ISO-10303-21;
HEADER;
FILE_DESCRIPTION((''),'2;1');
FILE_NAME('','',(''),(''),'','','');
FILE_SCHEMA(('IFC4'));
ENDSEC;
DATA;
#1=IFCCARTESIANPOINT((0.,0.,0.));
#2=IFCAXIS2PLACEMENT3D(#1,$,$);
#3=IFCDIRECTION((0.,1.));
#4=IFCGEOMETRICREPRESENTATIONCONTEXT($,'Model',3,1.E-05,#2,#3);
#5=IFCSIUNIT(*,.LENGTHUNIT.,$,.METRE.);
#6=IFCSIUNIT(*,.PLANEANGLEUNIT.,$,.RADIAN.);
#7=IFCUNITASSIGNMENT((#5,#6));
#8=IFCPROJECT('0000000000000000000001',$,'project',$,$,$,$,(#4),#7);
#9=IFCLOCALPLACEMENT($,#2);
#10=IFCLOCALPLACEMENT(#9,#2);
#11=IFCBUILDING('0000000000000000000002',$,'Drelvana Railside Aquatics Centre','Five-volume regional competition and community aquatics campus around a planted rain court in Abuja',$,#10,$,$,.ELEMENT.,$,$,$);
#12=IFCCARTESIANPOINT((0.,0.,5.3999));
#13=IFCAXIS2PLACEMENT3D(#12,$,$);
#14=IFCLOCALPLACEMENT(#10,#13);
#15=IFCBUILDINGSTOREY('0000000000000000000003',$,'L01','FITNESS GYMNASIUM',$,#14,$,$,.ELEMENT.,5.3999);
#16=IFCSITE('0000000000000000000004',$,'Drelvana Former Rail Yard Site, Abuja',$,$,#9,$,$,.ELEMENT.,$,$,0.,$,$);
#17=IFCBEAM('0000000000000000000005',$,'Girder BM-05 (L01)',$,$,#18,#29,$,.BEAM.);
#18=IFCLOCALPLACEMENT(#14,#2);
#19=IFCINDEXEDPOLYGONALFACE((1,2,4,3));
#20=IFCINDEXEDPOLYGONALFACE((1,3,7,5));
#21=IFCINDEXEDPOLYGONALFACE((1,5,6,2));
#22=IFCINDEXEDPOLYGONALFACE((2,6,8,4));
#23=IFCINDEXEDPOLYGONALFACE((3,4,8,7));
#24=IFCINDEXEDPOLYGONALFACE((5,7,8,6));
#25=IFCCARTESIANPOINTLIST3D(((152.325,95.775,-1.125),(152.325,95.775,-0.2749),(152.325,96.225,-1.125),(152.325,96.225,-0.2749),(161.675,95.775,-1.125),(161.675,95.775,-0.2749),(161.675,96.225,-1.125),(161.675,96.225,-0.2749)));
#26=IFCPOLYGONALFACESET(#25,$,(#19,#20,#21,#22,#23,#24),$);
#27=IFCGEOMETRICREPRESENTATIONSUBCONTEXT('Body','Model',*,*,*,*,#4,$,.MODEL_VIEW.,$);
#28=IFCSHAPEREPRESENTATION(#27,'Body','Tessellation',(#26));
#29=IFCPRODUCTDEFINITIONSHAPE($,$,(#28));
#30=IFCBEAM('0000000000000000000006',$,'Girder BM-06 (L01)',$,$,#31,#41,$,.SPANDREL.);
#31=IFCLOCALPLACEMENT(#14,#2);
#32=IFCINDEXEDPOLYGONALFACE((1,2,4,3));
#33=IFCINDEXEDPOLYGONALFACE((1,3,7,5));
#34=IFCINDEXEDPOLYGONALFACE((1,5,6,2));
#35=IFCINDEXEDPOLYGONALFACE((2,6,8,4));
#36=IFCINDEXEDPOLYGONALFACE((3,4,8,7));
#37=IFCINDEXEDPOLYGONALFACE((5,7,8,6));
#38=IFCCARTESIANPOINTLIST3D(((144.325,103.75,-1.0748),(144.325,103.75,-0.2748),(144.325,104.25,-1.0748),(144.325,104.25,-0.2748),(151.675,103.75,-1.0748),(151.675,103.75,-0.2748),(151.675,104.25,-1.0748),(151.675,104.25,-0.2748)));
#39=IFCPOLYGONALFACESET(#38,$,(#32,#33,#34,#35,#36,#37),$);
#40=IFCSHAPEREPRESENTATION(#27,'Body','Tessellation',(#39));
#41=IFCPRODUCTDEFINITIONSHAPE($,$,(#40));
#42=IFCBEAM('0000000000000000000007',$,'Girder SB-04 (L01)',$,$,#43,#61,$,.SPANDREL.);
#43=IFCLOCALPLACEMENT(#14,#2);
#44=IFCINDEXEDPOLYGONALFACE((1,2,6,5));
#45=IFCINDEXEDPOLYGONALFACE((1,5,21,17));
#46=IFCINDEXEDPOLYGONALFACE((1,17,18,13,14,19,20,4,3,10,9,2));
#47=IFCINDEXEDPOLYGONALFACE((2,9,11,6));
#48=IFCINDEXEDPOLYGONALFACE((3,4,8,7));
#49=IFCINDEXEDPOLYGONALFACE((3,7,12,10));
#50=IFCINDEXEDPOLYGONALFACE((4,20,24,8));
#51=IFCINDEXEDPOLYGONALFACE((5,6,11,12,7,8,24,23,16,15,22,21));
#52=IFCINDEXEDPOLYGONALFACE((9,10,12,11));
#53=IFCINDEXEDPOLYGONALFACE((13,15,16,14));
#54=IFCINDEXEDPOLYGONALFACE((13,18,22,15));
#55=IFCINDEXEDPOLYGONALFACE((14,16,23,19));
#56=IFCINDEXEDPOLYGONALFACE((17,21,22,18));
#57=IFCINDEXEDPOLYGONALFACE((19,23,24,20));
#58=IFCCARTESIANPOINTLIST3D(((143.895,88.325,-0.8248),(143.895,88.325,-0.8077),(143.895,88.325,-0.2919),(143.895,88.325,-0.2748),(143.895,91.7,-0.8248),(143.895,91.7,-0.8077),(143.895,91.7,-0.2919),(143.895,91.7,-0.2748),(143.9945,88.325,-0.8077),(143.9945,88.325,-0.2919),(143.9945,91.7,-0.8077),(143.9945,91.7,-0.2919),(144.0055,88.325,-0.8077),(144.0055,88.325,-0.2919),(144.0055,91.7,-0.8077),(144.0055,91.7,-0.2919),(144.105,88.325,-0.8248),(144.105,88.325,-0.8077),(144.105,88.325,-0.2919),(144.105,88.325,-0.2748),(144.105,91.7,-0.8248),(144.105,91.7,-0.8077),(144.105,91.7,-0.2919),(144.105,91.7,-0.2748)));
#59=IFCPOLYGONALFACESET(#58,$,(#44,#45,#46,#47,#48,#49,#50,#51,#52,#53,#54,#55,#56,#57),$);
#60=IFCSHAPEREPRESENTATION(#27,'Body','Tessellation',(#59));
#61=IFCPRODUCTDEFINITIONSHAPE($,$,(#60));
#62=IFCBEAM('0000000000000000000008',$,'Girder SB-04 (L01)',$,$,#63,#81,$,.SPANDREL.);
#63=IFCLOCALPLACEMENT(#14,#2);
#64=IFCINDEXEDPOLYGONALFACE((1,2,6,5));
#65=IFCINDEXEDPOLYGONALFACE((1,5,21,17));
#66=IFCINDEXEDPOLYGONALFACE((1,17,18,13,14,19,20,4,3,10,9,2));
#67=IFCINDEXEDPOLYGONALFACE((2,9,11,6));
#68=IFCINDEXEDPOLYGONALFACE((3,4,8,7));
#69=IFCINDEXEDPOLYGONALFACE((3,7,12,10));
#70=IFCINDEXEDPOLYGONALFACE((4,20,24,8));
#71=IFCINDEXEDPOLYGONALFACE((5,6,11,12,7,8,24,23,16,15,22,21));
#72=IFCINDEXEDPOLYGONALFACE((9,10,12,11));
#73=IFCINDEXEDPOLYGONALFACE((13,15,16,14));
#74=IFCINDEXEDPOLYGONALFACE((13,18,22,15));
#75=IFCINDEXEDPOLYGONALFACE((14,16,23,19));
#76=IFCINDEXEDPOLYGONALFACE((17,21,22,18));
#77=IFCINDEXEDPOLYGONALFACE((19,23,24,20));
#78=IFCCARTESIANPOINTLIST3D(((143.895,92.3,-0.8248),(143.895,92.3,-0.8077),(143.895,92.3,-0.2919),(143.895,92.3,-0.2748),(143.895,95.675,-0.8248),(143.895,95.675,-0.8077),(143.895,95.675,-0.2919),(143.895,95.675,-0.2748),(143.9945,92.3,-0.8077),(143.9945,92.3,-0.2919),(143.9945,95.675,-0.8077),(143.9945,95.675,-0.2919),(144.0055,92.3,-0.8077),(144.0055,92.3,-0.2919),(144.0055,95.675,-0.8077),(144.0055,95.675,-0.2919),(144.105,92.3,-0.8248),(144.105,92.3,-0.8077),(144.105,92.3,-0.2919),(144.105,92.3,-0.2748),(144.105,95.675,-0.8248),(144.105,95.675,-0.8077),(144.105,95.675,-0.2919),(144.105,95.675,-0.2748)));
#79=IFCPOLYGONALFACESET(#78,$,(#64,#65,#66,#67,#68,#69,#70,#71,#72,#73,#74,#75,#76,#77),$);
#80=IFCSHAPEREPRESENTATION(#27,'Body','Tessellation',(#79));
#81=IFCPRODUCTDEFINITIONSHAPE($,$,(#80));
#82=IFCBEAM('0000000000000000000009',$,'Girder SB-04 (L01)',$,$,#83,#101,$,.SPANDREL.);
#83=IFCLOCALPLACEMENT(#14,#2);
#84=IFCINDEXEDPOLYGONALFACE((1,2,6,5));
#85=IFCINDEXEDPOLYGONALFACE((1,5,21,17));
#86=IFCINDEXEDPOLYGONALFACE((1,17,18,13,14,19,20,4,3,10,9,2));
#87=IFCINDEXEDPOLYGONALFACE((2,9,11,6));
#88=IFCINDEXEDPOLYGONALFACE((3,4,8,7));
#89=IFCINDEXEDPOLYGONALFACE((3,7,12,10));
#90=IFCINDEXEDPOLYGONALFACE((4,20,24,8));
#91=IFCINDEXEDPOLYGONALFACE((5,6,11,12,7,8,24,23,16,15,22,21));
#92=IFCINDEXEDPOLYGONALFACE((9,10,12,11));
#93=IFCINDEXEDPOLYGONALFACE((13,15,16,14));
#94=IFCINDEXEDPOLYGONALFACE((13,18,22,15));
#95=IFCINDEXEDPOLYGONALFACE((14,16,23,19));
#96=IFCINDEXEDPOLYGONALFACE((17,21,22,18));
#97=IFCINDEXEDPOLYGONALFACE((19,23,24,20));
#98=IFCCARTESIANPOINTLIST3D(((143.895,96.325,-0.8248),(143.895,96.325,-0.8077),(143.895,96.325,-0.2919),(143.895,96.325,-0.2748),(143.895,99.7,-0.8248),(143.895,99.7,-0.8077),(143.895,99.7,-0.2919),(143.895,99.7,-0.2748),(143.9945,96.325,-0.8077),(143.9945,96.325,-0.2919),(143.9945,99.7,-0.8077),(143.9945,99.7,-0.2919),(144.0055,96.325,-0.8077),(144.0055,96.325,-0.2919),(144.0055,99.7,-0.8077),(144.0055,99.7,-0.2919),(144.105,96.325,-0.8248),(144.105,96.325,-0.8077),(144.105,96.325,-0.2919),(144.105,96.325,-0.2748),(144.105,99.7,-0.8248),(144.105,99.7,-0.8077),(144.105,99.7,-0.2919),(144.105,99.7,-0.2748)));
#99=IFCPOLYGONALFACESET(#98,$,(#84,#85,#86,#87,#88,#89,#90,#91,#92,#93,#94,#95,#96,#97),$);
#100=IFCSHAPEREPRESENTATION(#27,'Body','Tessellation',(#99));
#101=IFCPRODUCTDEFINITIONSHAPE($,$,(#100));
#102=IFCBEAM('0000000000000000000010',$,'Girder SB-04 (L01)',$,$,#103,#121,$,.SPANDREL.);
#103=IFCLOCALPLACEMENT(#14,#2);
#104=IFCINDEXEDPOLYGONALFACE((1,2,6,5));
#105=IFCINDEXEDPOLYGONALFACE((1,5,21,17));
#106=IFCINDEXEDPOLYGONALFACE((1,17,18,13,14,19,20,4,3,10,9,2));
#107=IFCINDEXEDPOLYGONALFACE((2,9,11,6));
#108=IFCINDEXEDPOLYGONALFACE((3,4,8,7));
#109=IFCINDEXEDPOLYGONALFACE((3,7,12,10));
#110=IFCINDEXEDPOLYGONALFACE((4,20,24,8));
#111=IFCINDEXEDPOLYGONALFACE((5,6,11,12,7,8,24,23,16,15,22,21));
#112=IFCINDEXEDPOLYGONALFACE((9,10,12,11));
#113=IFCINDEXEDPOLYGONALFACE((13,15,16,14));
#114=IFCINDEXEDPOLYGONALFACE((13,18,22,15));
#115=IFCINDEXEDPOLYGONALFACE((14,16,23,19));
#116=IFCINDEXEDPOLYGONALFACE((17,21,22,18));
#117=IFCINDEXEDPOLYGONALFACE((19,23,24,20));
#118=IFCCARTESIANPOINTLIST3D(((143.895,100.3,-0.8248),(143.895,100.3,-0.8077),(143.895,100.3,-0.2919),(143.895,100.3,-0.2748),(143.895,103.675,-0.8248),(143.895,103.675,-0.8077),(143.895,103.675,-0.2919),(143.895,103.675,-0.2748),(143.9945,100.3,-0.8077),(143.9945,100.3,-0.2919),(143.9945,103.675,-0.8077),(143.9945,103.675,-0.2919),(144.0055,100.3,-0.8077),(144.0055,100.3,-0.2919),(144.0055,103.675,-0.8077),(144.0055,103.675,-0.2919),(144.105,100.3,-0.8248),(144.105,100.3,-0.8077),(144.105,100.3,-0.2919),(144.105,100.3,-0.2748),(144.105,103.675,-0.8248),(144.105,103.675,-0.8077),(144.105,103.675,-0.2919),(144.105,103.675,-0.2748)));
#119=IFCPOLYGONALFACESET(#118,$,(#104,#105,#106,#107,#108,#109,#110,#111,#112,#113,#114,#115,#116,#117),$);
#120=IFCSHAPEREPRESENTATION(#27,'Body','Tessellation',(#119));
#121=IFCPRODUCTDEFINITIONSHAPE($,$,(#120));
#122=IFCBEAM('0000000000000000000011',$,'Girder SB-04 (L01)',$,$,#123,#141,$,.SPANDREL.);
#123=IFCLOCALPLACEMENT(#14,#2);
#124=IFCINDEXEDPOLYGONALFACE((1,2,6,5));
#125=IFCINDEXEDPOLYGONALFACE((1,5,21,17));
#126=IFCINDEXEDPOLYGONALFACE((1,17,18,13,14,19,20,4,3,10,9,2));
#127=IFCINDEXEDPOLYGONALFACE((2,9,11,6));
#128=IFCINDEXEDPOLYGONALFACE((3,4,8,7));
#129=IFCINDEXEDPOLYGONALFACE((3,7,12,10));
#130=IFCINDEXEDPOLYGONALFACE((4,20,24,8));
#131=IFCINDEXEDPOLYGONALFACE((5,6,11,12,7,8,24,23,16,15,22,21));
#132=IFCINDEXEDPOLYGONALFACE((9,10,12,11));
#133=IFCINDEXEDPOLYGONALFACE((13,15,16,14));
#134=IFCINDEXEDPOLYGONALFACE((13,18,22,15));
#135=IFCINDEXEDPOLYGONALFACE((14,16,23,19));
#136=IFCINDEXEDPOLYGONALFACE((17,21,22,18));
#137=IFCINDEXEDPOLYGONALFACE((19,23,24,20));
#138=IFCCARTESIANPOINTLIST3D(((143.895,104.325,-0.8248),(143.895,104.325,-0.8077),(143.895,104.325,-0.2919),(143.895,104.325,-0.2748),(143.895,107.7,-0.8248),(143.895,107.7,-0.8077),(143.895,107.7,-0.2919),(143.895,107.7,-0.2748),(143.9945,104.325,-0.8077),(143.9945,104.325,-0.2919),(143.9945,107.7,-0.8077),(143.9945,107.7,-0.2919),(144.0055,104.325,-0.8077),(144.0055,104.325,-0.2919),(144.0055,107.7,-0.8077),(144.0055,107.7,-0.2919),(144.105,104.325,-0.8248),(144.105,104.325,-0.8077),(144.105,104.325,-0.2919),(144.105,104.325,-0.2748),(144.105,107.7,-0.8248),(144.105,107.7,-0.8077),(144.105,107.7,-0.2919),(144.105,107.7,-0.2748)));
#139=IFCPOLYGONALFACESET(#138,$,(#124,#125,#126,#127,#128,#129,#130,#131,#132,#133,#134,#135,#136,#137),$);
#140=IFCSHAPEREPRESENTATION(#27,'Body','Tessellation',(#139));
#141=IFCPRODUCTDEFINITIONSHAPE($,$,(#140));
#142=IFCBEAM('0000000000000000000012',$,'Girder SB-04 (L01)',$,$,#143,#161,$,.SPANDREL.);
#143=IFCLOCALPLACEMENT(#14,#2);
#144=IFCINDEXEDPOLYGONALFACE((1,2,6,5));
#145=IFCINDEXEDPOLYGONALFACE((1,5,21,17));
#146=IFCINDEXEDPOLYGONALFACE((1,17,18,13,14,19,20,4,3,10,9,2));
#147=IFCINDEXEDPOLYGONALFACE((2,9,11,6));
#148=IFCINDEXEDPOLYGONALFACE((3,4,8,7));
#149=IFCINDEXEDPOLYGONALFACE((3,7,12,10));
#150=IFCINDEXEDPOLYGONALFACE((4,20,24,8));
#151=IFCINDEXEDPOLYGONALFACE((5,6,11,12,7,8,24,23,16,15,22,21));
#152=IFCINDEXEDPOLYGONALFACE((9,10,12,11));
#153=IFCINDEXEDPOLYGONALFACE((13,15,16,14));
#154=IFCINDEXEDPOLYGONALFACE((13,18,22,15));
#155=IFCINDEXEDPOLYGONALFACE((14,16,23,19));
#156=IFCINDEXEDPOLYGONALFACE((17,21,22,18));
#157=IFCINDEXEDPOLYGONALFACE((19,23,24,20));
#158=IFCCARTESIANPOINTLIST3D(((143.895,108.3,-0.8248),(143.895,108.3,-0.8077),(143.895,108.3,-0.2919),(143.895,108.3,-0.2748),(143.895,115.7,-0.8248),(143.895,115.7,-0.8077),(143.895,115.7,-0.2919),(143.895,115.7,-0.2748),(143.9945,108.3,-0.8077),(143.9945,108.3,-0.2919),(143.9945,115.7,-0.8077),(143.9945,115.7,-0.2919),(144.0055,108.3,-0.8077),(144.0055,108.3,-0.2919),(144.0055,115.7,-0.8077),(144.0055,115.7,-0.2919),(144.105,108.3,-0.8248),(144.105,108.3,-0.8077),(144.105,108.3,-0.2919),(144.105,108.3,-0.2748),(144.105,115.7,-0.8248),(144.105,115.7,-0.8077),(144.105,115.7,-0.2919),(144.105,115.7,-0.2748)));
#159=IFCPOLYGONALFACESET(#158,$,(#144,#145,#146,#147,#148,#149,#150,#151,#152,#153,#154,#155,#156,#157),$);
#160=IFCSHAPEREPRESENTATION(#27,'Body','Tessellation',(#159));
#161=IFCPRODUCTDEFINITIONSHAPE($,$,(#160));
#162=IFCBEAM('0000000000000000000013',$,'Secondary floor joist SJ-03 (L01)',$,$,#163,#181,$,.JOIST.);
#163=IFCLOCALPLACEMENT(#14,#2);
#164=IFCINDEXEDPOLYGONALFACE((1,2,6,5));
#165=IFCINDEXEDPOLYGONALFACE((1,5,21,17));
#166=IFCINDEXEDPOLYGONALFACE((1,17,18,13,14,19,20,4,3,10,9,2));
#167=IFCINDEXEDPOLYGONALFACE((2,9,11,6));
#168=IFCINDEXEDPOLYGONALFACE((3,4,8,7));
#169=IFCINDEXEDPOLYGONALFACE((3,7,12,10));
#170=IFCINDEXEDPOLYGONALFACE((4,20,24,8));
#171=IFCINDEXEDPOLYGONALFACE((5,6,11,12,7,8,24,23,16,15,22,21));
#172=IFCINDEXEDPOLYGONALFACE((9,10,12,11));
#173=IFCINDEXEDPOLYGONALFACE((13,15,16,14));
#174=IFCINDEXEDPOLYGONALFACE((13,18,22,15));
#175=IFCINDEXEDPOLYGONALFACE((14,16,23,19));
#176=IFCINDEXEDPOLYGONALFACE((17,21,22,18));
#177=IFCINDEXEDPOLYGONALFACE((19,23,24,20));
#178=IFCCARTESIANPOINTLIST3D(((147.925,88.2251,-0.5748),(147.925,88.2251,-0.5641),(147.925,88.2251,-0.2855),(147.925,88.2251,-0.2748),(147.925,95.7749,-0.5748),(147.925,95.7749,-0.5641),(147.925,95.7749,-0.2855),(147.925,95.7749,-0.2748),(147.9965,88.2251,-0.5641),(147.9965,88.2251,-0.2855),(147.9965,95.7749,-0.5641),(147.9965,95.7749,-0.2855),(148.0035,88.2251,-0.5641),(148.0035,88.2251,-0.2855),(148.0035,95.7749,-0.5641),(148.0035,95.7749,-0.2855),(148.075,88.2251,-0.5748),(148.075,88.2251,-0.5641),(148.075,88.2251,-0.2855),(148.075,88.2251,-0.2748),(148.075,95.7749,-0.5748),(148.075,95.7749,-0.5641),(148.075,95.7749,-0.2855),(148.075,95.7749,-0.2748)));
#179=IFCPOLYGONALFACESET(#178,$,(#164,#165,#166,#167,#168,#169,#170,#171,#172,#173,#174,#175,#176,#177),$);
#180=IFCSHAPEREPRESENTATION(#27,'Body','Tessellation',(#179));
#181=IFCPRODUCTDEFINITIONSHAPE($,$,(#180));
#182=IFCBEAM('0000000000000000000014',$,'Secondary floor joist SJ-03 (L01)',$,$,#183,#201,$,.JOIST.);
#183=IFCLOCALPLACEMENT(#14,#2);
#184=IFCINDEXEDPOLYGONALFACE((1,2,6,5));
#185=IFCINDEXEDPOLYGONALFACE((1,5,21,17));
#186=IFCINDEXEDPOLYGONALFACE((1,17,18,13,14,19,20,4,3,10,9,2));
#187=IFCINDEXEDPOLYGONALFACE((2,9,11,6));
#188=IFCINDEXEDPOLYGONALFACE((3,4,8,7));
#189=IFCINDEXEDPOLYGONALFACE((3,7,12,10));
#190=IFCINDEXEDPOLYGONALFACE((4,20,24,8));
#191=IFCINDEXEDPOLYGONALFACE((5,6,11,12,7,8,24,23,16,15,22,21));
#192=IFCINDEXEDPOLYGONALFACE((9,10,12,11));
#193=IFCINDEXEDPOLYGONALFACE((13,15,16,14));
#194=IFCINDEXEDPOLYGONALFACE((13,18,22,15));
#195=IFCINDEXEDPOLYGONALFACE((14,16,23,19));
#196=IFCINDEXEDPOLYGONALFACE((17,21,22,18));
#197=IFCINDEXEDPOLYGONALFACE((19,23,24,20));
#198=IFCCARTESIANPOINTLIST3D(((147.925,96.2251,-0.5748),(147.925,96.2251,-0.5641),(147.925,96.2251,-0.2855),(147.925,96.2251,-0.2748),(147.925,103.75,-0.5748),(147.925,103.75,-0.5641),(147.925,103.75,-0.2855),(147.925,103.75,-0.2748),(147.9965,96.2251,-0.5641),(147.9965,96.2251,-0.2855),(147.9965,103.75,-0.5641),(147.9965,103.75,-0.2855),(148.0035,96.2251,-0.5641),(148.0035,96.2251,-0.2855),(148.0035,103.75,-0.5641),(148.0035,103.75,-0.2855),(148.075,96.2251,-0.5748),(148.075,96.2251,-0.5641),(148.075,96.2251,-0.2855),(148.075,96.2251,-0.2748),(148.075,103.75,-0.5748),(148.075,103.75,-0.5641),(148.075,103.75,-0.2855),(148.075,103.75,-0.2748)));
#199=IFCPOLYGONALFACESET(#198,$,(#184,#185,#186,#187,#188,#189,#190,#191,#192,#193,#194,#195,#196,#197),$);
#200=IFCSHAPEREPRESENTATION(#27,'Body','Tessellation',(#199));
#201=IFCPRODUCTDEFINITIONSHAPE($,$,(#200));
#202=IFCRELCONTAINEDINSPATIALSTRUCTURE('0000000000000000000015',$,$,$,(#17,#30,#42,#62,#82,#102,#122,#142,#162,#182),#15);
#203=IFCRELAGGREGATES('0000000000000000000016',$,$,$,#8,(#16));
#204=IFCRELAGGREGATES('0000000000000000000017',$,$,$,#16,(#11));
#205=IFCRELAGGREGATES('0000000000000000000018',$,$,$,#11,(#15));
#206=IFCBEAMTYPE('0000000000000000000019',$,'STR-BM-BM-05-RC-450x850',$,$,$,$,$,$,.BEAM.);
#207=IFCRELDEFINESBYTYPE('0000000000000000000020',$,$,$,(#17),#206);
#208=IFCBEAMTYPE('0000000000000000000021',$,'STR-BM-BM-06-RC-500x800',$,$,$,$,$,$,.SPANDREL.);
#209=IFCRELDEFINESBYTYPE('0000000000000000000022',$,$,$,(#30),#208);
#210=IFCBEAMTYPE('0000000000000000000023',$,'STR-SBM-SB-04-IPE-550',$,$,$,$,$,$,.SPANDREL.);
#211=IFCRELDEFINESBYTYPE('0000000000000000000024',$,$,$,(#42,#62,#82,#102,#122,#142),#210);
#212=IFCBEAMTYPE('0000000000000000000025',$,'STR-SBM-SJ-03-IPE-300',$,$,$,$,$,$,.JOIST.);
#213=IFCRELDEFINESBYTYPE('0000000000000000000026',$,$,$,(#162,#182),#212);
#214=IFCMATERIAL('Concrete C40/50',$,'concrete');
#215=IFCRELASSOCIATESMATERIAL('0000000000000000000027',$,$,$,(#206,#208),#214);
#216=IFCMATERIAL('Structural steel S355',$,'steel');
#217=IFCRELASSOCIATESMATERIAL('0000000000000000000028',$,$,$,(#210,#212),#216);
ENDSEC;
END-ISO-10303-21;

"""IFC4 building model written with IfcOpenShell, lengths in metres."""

from ifc_helpers import new_model, si_unit, direction, frame, origin, origin_2d, place, context, subcontext, project, spatial, rectangle, i_section, extrude, material, material_profile, profile_set, type_object, element, save


model = new_model("IFC4")

# Units and contexts
model_context = context("Model", 3, precision=1e-05, world=origin(), true_north=direction((0.0, 1.0)))
body_context = subcontext(model_context, "Body", "Model", "MODEL_VIEW")
ifc_project = project(units=[si_unit("LENGTHUNIT", "METRE"), si_unit("PLANEANGLEUNIT", "RADIAN")], contexts=[model_context])

# Site, building, storey
site_placement = place(None, origin())
site = spatial("IfcSite", under=ifc_project, at=site_placement, Name="Drelvana Former Rail Yard Site, Abuja", CompositionType="ELEMENT", RefElevation=0.0)
building_placement = place(site_placement, origin())
building = spatial("IfcBuilding", under=site, at=building_placement, Name="Drelvana Railside Aquatics Centre", Description="Five-volume regional competition and community aquatics campus around a planted rain court in Abuja", CompositionType="ELEMENT")
storey_placement = place(building_placement, frame((0.0, 0.0, 5.3999)))
storey = spatial("IfcBuildingStorey", under=building, at=storey_placement, Name="L01", Description="FITNESS GYMNASIUM", CompositionType="ELEMENT", Elevation=5.3999)

# Shared definitions
ifc_material_1 = material(Name="Concrete C40/50", Category="concrete")

# Beams
ifc_material_profile_1 = material_profile(ifc_material_1, rectangle(XDim=0.45, YDim=0.8501, at=origin_2d()), Name="RC 450x850")
ifc_profile_set_1 = profile_set([ifc_material_profile_1], Name="Concrete C40/50")
beam_type_1 = type_object("IfcBeamType", Name="STR-BM-BM-05-RC-450x850", PredefinedType="BEAM", material=ifc_profile_set_1)
for number, where, z_axis, x_axis, name in (
    (1, (152.325, 96.0, -0.7), (1.0, 0.0, 0.0), (0.0, 1.0, 0.0), "Girder BM-05 (L01)"),
):
    element("IfcBeam", number, at=place(storey_placement, frame(where, z_axis=z_axis, x_axis=x_axis)), inside=storey, type_object=beam_type_1, Name=name, PredefinedType="BEAM", context=body_context, shape_type="SweptSolid", body=[
        extrude(rectangle(XDim=0.45, YDim=0.8501, at=origin_2d()), origin(), (0.0, 0.0, 1.0), 9.3501),
    ])
ifc_material_profile_2 = material_profile(ifc_material_1, rectangle(XDim=0.5, YDim=0.8, at=origin_2d()), Name="RC 500x800")
ifc_profile_set_2 = profile_set([ifc_material_profile_2], Name="Concrete C40/50")
beam_type_2 = type_object("IfcBeamType", Name="STR-BM-BM-06-RC-500x800", PredefinedType="SPANDREL", material=ifc_profile_set_2)
beam_1_placement = place(storey_placement, frame((144.325, 104.0, -0.6748), z_axis=(1.0, 0.0, 0.0), x_axis=(0.0, 1.0, 0.0)))
element("IfcBeam", 2, at=beam_1_placement, inside=storey, type_object=beam_type_2, Name="Girder BM-06 (L01)", PredefinedType="SPANDREL", context=body_context, shape_type="SweptSolid", body=[
    extrude(rectangle(XDim=0.5, YDim=0.8, at=origin_2d()), origin(), (0.0, 0.0, 1.0), 7.3501),
])
ifc_material_2 = material(Name="Structural steel S355", Category="steel")
ifc_material_profile_3 = material_profile(ifc_material_2, i_section(OverallWidth=0.21, OverallDepth=0.55, WebThickness=0.011, FlangeThickness=0.0171, at=origin_2d()), Name="IPE 550")
ifc_profile_set_3 = profile_set([ifc_material_profile_3], Name="Structural steel S355")
beam_type_3 = type_object("IfcBeamType", Name="STR-SBM-SB-04-IPE-550", PredefinedType="SPANDREL", material=ifc_profile_set_3)
for number, where, z_axis, x_axis, name in (
    (3, (144.0, 88.325, -0.5498), (0.0, 1.0, 0.0), (-1.0, 0.0, 0.0), "Girder SB-04 (L01)"),
    (4, (144.0, 92.3, -0.5498), (0.0, 1.0, 0.0), (-1.0, 0.0, 0.0), "Girder SB-04 (L01)"),
    (5, (144.0, 96.325, -0.5498), (0.0, 1.0, 0.0), (-1.0, 0.0, 0.0), "Girder SB-04 (L01)"),
    (6, (144.0, 100.3, -0.5498), (0.0, 1.0, 0.0), (-1.0, 0.0, 0.0), "Girder SB-04 (L01)"),
    (7, (144.0, 104.325, -0.5498), (0.0, 1.0, 0.0), (-1.0, 0.0, 0.0), "Girder SB-04 (L01)"),
):
    element("IfcBeam", number, at=place(storey_placement, frame(where, z_axis=z_axis, x_axis=x_axis)), inside=storey, type_object=beam_type_3, Name=name, PredefinedType="SPANDREL", context=body_context, shape_type="SweptSolid", body=[
        extrude(i_section(OverallWidth=0.21, OverallDepth=0.55, WebThickness=0.011, FlangeThickness=0.0171, at=origin_2d()), origin(), (0.0, 0.0, 1.0), 3.375),
    ])
beam_2_placement = place(storey_placement, frame((144.0, 108.3, -0.5498), z_axis=(0.0, 1.0, 0.0), x_axis=(-1.0, 0.0, 0.0)))
element("IfcBeam", 8, at=beam_2_placement, inside=storey, type_object=beam_type_3, Name="Girder SB-04 (L01)", PredefinedType="SPANDREL", context=body_context, shape_type="SweptSolid", body=[
    extrude(i_section(OverallWidth=0.21, OverallDepth=0.55, WebThickness=0.011, FlangeThickness=0.0171, at=origin_2d()), origin(), (0.0, 0.0, 1.0), 7.3999),
])
ifc_material_profile_4 = material_profile(ifc_material_2, i_section(OverallWidth=0.1499, OverallDepth=0.3, WebThickness=0.0071, FlangeThickness=0.0107, at=origin_2d()), Name="IPE 300")
ifc_profile_set_4 = profile_set([ifc_material_profile_4], Name="Structural steel S355")
beam_type_4 = type_object("IfcBeamType", Name="STR-SBM-SJ-03-IPE-300", PredefinedType="JOIST", material=ifc_profile_set_4)
beam_3_placement = place(storey_placement, frame((148.0, 88.2251, -0.4248), z_axis=(0.0, 1.0, 0.0), x_axis=(-1.0, 0.0, 0.0)))
element("IfcBeam", 9, at=beam_3_placement, inside=storey, type_object=beam_type_4, Name="Secondary floor joist SJ-03 (L01)", PredefinedType="JOIST", context=body_context, shape_type="SweptSolid", body=[
    extrude(i_section(OverallWidth=0.1499, OverallDepth=0.3, WebThickness=0.0071, FlangeThickness=0.0107, at=origin_2d()), origin(), (0.0, 0.0, 1.0), 7.5498),
])
beam_4_placement = place(storey_placement, frame((148.0, 96.2251, -0.4248), z_axis=(0.0, 1.0, 0.0), x_axis=(-1.0, 0.0, 0.0)))
element("IfcBeam", 10, at=beam_4_placement, inside=storey, type_object=beam_type_4, Name="Secondary floor joist SJ-03 (L01)", PredefinedType="JOIST", context=body_context, shape_type="SweptSolid", body=[
    extrude(i_section(OverallWidth=0.1499, OverallDepth=0.3, WebThickness=0.0071, FlangeThickness=0.0107, at=origin_2d()), origin(), (0.0, 0.0, 1.0), 7.5249),
])

save(model, "model.ifc")
